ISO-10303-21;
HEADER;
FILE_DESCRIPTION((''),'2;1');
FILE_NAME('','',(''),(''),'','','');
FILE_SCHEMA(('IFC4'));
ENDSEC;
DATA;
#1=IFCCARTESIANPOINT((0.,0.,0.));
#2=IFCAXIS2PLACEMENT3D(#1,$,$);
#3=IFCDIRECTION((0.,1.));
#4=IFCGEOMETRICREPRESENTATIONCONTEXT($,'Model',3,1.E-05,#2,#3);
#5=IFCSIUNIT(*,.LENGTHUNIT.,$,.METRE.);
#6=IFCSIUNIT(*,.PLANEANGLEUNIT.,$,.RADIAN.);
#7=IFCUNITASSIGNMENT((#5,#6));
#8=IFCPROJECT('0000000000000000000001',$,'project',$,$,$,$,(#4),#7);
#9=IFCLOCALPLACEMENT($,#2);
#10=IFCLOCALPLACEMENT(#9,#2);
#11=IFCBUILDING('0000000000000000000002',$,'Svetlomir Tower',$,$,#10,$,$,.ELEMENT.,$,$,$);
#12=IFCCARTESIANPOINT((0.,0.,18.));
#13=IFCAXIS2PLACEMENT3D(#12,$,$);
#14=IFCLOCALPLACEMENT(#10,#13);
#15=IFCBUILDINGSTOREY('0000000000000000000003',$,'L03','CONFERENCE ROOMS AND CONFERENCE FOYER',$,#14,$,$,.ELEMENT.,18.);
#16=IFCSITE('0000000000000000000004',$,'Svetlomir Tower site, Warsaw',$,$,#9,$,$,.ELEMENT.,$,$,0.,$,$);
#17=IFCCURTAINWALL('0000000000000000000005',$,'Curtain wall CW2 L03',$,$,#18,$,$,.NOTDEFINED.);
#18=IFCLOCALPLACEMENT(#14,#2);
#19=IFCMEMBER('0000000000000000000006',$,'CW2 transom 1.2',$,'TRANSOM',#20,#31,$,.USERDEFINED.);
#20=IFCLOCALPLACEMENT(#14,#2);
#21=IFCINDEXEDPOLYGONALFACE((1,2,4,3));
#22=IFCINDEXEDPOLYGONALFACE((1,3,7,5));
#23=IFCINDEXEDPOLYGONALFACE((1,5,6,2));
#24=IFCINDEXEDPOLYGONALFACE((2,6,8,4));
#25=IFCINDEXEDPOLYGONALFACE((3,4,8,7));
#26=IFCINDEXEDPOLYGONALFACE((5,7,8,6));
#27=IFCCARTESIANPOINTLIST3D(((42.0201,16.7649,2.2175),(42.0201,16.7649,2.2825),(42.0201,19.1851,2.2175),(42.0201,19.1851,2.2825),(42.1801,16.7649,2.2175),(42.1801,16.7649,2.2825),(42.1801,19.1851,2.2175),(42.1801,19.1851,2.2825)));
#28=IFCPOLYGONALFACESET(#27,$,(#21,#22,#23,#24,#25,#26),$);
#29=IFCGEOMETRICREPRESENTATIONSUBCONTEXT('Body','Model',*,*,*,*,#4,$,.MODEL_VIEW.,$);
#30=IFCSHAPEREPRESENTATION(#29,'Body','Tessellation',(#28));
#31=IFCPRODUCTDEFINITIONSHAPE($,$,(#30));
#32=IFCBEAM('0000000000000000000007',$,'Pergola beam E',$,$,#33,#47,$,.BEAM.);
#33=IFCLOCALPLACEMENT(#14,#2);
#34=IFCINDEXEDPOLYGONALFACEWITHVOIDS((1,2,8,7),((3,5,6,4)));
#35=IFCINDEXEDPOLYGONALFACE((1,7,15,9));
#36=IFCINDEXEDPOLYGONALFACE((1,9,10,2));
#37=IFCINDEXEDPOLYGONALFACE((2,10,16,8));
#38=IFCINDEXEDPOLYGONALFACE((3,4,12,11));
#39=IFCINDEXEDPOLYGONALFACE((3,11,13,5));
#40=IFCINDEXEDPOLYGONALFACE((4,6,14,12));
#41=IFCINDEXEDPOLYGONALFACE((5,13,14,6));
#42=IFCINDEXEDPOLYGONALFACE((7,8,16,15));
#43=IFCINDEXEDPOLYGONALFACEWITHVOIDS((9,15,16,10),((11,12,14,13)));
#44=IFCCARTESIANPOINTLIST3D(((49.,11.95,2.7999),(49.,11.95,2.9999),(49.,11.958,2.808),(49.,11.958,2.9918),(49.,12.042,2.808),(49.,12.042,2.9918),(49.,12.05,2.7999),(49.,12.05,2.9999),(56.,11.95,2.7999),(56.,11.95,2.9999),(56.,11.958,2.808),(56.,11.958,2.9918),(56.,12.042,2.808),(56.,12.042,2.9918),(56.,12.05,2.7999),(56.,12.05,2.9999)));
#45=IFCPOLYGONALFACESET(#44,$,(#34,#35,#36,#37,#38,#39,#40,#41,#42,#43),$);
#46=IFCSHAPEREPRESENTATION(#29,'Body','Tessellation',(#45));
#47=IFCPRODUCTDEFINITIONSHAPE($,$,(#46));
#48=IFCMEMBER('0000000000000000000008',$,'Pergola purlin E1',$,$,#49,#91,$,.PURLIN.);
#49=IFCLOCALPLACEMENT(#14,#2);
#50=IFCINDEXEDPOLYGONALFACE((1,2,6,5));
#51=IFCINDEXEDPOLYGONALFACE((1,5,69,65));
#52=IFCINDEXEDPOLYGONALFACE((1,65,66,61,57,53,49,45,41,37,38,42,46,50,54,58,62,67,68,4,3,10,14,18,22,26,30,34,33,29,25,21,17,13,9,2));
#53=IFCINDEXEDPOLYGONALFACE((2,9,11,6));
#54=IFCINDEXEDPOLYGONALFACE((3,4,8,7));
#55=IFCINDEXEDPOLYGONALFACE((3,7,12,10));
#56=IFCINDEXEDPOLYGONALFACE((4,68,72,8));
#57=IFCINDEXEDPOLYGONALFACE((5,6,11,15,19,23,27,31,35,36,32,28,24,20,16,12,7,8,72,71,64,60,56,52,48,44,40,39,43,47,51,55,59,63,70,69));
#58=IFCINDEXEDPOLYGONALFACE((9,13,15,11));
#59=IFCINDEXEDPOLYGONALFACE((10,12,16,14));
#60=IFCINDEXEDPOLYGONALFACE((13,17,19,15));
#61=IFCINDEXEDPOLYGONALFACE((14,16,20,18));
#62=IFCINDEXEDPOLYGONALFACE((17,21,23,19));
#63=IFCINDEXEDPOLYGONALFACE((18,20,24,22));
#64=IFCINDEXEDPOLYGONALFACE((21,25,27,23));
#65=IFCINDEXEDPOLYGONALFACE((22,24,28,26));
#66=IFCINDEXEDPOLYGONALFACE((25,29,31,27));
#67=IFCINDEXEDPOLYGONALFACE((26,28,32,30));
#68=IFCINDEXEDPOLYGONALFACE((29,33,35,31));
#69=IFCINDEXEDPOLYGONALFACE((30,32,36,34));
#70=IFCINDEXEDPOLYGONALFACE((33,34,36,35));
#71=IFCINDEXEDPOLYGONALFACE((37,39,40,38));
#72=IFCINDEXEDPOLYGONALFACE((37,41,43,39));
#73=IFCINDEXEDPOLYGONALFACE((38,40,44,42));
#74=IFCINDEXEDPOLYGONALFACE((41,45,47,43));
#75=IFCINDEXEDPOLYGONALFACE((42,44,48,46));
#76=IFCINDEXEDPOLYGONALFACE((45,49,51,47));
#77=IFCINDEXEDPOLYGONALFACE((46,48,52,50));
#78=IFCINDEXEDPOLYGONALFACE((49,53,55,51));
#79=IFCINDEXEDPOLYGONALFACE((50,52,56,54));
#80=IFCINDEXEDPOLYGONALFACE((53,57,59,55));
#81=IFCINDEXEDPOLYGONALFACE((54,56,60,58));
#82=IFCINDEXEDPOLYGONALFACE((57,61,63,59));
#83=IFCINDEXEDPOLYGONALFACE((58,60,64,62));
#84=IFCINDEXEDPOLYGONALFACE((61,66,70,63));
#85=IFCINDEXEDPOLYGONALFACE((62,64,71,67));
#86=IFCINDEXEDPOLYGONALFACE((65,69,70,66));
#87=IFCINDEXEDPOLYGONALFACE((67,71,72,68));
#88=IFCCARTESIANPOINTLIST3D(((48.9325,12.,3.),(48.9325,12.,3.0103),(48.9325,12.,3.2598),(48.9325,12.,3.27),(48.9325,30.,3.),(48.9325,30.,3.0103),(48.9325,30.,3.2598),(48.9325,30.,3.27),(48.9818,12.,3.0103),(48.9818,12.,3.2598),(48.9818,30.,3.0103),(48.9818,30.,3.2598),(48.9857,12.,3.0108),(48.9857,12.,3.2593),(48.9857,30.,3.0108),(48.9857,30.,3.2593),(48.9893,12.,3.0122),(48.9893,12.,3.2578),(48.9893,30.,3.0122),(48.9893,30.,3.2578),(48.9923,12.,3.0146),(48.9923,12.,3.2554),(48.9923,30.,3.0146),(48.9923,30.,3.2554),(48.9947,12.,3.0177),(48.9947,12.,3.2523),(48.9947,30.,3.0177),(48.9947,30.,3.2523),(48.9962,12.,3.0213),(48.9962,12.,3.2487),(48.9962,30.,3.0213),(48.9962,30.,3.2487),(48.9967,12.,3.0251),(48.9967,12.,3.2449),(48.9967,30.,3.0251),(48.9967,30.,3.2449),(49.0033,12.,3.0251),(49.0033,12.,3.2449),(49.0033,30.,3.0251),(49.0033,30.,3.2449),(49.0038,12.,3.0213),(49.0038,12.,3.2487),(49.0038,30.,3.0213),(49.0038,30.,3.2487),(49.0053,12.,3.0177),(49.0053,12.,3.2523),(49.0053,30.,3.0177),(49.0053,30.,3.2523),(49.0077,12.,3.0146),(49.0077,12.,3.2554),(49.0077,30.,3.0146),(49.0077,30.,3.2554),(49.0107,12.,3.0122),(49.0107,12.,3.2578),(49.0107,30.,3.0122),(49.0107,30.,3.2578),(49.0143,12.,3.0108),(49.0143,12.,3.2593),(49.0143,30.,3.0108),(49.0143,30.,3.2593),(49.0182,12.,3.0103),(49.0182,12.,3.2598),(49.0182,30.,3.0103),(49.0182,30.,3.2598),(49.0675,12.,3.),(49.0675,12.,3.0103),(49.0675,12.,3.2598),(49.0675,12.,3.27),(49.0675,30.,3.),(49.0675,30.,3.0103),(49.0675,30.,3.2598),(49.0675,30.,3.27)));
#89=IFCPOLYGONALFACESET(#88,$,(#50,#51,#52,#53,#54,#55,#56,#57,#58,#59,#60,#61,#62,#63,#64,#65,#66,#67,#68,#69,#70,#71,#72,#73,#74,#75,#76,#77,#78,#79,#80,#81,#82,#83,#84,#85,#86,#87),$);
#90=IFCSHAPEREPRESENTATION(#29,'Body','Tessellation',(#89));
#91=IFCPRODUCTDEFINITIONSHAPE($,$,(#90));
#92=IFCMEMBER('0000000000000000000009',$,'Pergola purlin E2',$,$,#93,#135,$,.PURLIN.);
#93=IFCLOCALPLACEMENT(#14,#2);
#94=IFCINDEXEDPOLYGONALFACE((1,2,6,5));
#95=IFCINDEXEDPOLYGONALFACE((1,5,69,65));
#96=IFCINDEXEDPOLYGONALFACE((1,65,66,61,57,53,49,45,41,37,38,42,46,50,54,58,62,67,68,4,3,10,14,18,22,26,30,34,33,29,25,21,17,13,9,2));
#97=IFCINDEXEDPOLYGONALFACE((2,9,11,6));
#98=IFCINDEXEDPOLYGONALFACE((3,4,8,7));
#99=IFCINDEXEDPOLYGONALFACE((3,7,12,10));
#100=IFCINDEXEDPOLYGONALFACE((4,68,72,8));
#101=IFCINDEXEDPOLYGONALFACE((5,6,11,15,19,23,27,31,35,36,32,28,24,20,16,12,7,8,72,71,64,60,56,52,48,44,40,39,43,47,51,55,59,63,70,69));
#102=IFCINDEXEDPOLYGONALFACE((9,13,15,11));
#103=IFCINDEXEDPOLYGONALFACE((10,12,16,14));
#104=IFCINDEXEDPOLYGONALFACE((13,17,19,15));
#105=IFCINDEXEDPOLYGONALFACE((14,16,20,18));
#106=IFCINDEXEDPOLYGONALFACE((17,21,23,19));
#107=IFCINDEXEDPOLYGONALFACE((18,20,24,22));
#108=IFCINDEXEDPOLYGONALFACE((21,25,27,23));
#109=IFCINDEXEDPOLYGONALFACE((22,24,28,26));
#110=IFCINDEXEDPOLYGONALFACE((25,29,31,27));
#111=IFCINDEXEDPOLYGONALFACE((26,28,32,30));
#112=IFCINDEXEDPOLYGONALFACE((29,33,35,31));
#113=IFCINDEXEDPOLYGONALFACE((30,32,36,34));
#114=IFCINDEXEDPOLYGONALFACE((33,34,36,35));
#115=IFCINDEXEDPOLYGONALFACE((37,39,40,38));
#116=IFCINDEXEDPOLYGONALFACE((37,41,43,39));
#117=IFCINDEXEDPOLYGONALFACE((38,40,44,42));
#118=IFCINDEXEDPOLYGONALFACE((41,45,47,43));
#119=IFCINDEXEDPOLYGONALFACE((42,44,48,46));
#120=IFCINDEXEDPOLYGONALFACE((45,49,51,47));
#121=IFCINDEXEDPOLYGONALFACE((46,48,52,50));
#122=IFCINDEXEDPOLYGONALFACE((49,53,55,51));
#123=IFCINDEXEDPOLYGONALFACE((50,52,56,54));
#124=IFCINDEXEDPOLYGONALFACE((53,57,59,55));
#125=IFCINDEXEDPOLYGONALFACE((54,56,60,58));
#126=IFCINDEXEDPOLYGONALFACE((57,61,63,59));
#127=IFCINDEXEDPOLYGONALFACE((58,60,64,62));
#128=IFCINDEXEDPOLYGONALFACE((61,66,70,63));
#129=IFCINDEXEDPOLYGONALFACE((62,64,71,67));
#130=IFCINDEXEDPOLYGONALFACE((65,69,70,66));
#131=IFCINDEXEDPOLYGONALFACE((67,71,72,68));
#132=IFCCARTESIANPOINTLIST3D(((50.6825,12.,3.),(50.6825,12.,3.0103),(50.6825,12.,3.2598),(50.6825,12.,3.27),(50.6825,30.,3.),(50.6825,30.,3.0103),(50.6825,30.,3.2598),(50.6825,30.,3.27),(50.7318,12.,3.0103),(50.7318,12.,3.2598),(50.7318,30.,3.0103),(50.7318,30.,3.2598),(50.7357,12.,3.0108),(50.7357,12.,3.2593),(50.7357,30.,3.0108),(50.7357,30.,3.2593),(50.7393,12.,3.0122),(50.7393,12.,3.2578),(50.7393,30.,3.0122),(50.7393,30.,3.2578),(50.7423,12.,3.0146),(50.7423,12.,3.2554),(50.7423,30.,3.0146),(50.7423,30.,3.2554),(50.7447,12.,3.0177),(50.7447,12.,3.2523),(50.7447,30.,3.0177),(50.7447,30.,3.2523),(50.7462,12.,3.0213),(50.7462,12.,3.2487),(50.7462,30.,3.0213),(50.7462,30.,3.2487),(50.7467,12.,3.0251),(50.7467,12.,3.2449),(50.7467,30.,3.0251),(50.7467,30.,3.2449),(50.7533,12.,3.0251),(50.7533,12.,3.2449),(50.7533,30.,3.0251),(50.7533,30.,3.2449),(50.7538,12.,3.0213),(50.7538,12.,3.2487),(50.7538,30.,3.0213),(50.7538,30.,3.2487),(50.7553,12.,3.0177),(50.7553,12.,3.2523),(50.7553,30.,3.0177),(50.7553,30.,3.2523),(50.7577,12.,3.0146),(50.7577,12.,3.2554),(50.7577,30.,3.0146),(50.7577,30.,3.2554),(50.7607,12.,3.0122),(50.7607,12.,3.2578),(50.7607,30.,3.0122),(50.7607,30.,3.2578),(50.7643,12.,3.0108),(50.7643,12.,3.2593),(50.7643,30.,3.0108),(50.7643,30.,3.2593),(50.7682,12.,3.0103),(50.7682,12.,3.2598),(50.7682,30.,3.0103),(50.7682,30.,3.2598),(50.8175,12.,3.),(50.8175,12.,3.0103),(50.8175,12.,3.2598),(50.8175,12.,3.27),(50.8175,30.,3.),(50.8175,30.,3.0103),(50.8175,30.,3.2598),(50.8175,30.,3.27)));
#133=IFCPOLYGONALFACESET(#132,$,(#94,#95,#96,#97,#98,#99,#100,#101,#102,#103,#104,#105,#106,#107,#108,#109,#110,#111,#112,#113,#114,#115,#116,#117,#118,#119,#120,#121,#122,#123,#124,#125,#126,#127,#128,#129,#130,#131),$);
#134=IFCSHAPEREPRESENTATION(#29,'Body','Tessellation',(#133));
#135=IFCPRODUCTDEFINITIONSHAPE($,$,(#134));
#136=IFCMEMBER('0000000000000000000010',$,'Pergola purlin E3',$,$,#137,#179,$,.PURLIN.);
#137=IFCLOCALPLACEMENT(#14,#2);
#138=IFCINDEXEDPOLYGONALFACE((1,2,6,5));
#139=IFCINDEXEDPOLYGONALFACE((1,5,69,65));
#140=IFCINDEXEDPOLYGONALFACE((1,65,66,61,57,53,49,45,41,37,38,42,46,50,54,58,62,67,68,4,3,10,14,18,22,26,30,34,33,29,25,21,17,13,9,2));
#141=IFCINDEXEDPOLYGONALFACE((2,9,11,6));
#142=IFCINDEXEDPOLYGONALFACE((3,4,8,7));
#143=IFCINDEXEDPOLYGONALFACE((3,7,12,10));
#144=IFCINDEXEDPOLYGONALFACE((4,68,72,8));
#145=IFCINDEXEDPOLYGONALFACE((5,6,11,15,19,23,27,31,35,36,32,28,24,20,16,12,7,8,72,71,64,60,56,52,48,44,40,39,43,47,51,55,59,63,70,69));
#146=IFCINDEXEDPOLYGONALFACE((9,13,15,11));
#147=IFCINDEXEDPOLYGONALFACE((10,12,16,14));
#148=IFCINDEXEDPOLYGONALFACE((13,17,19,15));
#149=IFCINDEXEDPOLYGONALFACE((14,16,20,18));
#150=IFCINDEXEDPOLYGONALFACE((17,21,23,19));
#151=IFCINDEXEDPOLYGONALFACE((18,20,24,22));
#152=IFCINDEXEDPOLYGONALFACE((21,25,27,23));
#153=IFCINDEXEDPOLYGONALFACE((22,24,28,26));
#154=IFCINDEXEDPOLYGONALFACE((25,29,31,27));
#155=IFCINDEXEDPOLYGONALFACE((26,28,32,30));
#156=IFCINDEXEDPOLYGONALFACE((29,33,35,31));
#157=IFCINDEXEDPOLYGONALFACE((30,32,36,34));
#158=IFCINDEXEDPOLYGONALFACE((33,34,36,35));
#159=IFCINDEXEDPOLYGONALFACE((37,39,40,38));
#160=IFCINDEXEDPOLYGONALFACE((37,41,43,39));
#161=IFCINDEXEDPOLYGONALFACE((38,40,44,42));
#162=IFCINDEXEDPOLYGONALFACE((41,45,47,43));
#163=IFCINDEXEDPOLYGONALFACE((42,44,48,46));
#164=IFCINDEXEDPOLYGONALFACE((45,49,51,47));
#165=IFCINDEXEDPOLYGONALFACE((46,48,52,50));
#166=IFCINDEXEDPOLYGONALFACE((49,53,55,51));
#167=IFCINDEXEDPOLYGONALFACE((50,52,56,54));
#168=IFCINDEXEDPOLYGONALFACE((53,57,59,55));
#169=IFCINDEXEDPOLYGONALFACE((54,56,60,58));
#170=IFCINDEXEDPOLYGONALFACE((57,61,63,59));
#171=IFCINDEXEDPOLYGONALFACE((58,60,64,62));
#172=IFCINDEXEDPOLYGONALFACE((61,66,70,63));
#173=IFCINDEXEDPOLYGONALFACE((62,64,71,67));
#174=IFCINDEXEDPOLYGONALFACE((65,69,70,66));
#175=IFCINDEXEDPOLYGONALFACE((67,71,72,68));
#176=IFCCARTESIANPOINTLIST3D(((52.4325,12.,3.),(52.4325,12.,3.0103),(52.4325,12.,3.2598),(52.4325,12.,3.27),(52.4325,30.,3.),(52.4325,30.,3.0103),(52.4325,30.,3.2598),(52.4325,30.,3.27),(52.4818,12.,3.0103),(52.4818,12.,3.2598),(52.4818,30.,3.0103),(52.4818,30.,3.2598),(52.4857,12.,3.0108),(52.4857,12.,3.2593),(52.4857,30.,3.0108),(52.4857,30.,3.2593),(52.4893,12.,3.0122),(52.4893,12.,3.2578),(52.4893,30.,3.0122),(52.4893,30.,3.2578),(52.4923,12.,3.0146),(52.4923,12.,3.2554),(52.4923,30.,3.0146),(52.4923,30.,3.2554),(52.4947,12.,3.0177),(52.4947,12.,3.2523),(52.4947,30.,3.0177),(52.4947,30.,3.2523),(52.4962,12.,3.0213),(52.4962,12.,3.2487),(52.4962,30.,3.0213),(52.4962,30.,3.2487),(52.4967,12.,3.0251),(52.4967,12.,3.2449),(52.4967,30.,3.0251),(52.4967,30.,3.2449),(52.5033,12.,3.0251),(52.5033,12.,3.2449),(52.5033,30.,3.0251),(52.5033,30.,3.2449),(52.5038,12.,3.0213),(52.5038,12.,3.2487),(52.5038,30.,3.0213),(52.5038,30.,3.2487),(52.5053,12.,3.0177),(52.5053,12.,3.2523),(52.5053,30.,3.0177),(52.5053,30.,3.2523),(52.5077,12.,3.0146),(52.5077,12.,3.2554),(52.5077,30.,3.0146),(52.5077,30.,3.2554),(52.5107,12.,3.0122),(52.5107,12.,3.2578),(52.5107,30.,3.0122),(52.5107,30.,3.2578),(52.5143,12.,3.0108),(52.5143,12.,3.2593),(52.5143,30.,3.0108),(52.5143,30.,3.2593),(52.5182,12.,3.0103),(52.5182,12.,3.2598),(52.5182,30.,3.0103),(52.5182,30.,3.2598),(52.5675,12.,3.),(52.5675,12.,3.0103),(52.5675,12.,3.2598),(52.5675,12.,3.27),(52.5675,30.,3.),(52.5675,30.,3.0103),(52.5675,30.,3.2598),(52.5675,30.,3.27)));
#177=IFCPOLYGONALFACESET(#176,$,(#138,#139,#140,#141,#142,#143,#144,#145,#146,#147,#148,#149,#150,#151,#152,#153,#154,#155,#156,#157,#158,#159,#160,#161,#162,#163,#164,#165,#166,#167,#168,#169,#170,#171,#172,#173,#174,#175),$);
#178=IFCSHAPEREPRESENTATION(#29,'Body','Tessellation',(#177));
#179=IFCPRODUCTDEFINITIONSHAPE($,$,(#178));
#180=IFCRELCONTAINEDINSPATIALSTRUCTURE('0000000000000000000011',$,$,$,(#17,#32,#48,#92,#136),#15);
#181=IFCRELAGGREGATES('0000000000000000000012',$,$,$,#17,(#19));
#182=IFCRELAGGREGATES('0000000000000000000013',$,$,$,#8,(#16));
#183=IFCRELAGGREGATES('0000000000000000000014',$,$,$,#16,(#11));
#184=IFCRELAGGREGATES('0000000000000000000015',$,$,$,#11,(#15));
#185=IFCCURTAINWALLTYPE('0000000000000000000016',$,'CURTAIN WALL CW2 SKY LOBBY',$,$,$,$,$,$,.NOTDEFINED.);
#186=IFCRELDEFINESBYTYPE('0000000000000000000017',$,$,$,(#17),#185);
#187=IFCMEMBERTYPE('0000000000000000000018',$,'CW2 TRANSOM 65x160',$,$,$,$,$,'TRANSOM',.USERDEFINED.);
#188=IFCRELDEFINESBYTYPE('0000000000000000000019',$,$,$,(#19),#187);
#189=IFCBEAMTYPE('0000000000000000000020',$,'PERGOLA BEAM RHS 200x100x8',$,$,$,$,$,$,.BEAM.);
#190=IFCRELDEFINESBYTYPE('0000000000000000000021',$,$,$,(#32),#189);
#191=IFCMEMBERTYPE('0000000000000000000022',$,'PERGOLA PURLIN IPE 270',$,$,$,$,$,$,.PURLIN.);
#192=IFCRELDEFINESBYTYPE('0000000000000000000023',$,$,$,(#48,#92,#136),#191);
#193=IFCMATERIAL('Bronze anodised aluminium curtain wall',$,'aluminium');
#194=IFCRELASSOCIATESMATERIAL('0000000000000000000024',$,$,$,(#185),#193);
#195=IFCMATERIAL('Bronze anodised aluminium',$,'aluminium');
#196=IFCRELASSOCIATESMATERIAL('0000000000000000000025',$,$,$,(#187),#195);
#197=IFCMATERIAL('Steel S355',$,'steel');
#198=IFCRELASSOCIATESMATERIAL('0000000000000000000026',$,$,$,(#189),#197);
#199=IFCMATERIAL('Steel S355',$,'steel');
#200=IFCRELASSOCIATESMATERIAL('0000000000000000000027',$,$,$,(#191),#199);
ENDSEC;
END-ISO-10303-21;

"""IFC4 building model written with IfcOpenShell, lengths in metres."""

from ifc_helpers import new_model, si_unit, direction, frame, origin, origin_2d, place, context, subcontext, project, spatial, rectangle, hollow_rectangle, i_section, extrude, material, material_profile, profile_set, type_object, element, aggregate, save


model = new_model("IFC4")

# Units and contexts
model_context = context("Model", 3, precision=1e-05, world=origin(), true_north=direction((0.0, 1.0)))
body_context = subcontext(model_context, "Body", "Model", "MODEL_VIEW")
ifc_project = project(units=[si_unit("LENGTHUNIT", "METRE"), si_unit("PLANEANGLEUNIT", "RADIAN")], contexts=[model_context])

# Site, building, storey
site_placement = place(None, origin())
site = spatial("IfcSite", under=ifc_project, at=site_placement, Name="Svetlomir Tower site, Warsaw", CompositionType="ELEMENT", RefElevation=0.0)
building_placement = place(site_placement, origin())
building = spatial("IfcBuilding", under=site, at=building_placement, Name="Svetlomir Tower", CompositionType="ELEMENT")
storey_placement = place(building_placement, frame((0.0, 0.0, 18.0)))
storey = spatial("IfcBuildingStorey", under=building, at=storey_placement, Name="L03", Description="CONFERENCE ROOMS AND CONFERENCE FOYER", CompositionType="ELEMENT", Elevation=18.0)

# Shared definitions
ifc_material_1 = material(Name="Bronze anodised aluminium curtain wall", Category="aluminium")
curtain_wall_type = type_object("IfcCurtainWallType", Name="CURTAIN WALL CW2 SKY LOBBY", PredefinedType="NOTDEFINED", material=ifc_material_1)

# Curtain wall
curtain_wall_1_placement = place(storey_placement, origin())
curtain_wall_1 = element("IfcCurtainWall", 1, at=curtain_wall_1_placement, inside=storey, type_object=curtain_wall_type, Name="Curtain wall CW2 L03", PredefinedType="NOTDEFINED")

# Member
ifc_material_2 = material(Name="Bronze anodised aluminium", Category="aluminium")
ifc_material_profile_1 = material_profile(ifc_material_2, rectangle(XDim=0.1599, YDim=0.0649, at=origin_2d()), Name="AL 160x65")
ifc_profile_set_1 = profile_set([ifc_material_profile_1], Name="Bronze anodised aluminium 6063-T6")
member_type_1 = type_object("IfcMemberType", Name="CW2 TRANSOM 65x160", ElementType="TRANSOM", PredefinedType="USERDEFINED", material=ifc_profile_set_1)
member_1_placement = place(storey_placement, frame((42.1001, 16.7649, 2.25), z_axis=(0.0, 1.0, 0.0), x_axis=(-1.0, 0.0, 0.0)))
member_1 = element("IfcMember", 2, at=member_1_placement, type_object=member_type_1, Name="CW2 transom 1.2", ObjectType="TRANSOM", PredefinedType="USERDEFINED", context=body_context, shape_type="SweptSolid", body=[
    extrude(rectangle(XDim=0.1599, YDim=0.0649, at=origin_2d()), origin(), (0.0, 0.0, 1.0), 2.4202),
])

# Beam
ifc_material_3 = material(Name="Steel S355", Category="steel")
ifc_material_profile_2 = material_profile(ifc_material_3, hollow_rectangle(XDim=0.1001, YDim=0.2, WallThickness=0.0081, at=origin_2d()), Name="RHS 200x100x8")
ifc_profile_set_2 = profile_set([ifc_material_profile_2], Name="Steel S355")
beam_type = type_object("IfcBeamType", Name="PERGOLA BEAM RHS 200x100x8", PredefinedType="BEAM", material=ifc_profile_set_2)
beam_placement = place(storey_placement, frame((49.0, 12.0, 2.8999), z_axis=(1.0, 0.0, 0.0), x_axis=(0.0, 1.0, 0.0)))
element("IfcBeam", 3, at=beam_placement, inside=storey, type_object=beam_type, Name="Pergola beam E", PredefinedType="BEAM", context=body_context, shape_type="SweptSolid", body=[
    extrude(hollow_rectangle(XDim=0.1001, YDim=0.2, WallThickness=0.0081, at=origin_2d()), origin(), (0.0, 0.0, 1.0), 7.0),
])

# Members
ifc_material_4 = material(Name="Steel S355", Category="steel")
ifc_material_profile_3 = material_profile(ifc_material_4, i_section(OverallWidth=0.135, OverallDepth=0.27, WebThickness=0.0066, FlangeThickness=0.0103, FilletRadius=0.0149, at=origin_2d()), Name="IPE 270")
ifc_profile_set_3 = profile_set([ifc_material_profile_3], Name="Steel S355")
member_type_2 = type_object("IfcMemberType", Name="PERGOLA PURLIN IPE 270", PredefinedType="PURLIN", material=ifc_profile_set_3)
for number, where, z_axis, x_axis, name in (
    (4, (49.0, 12.0, 3.135), (0.0, 1.0, 0.0), (-1.0, 0.0, 0.0), "Pergola purlin E1"),
    (5, (50.75, 12.0, 3.135), (0.0, 1.0, 0.0), (-1.0, 0.0, 0.0), "Pergola purlin E2"),
    (6, (52.5, 12.0, 3.135), (0.0, 1.0, 0.0), (-1.0, 0.0, 0.0), "Pergola purlin E3"),
):
    element("IfcMember", number, at=place(storey_placement, frame(where, z_axis=z_axis, x_axis=x_axis)), inside=storey, type_object=member_type_2, Name=name, PredefinedType="PURLIN", context=body_context, shape_type="SweptSolid", body=[
        extrude(i_section(OverallWidth=0.135, OverallDepth=0.27, WebThickness=0.0066, FlangeThickness=0.0103, FilletRadius=0.0149, at=origin_2d()), origin(), (0.0, 0.0, 1.0), 18.0),
    ])

aggregate(curtain_wall_1, [member_1])

save(model, "model.ifc")
